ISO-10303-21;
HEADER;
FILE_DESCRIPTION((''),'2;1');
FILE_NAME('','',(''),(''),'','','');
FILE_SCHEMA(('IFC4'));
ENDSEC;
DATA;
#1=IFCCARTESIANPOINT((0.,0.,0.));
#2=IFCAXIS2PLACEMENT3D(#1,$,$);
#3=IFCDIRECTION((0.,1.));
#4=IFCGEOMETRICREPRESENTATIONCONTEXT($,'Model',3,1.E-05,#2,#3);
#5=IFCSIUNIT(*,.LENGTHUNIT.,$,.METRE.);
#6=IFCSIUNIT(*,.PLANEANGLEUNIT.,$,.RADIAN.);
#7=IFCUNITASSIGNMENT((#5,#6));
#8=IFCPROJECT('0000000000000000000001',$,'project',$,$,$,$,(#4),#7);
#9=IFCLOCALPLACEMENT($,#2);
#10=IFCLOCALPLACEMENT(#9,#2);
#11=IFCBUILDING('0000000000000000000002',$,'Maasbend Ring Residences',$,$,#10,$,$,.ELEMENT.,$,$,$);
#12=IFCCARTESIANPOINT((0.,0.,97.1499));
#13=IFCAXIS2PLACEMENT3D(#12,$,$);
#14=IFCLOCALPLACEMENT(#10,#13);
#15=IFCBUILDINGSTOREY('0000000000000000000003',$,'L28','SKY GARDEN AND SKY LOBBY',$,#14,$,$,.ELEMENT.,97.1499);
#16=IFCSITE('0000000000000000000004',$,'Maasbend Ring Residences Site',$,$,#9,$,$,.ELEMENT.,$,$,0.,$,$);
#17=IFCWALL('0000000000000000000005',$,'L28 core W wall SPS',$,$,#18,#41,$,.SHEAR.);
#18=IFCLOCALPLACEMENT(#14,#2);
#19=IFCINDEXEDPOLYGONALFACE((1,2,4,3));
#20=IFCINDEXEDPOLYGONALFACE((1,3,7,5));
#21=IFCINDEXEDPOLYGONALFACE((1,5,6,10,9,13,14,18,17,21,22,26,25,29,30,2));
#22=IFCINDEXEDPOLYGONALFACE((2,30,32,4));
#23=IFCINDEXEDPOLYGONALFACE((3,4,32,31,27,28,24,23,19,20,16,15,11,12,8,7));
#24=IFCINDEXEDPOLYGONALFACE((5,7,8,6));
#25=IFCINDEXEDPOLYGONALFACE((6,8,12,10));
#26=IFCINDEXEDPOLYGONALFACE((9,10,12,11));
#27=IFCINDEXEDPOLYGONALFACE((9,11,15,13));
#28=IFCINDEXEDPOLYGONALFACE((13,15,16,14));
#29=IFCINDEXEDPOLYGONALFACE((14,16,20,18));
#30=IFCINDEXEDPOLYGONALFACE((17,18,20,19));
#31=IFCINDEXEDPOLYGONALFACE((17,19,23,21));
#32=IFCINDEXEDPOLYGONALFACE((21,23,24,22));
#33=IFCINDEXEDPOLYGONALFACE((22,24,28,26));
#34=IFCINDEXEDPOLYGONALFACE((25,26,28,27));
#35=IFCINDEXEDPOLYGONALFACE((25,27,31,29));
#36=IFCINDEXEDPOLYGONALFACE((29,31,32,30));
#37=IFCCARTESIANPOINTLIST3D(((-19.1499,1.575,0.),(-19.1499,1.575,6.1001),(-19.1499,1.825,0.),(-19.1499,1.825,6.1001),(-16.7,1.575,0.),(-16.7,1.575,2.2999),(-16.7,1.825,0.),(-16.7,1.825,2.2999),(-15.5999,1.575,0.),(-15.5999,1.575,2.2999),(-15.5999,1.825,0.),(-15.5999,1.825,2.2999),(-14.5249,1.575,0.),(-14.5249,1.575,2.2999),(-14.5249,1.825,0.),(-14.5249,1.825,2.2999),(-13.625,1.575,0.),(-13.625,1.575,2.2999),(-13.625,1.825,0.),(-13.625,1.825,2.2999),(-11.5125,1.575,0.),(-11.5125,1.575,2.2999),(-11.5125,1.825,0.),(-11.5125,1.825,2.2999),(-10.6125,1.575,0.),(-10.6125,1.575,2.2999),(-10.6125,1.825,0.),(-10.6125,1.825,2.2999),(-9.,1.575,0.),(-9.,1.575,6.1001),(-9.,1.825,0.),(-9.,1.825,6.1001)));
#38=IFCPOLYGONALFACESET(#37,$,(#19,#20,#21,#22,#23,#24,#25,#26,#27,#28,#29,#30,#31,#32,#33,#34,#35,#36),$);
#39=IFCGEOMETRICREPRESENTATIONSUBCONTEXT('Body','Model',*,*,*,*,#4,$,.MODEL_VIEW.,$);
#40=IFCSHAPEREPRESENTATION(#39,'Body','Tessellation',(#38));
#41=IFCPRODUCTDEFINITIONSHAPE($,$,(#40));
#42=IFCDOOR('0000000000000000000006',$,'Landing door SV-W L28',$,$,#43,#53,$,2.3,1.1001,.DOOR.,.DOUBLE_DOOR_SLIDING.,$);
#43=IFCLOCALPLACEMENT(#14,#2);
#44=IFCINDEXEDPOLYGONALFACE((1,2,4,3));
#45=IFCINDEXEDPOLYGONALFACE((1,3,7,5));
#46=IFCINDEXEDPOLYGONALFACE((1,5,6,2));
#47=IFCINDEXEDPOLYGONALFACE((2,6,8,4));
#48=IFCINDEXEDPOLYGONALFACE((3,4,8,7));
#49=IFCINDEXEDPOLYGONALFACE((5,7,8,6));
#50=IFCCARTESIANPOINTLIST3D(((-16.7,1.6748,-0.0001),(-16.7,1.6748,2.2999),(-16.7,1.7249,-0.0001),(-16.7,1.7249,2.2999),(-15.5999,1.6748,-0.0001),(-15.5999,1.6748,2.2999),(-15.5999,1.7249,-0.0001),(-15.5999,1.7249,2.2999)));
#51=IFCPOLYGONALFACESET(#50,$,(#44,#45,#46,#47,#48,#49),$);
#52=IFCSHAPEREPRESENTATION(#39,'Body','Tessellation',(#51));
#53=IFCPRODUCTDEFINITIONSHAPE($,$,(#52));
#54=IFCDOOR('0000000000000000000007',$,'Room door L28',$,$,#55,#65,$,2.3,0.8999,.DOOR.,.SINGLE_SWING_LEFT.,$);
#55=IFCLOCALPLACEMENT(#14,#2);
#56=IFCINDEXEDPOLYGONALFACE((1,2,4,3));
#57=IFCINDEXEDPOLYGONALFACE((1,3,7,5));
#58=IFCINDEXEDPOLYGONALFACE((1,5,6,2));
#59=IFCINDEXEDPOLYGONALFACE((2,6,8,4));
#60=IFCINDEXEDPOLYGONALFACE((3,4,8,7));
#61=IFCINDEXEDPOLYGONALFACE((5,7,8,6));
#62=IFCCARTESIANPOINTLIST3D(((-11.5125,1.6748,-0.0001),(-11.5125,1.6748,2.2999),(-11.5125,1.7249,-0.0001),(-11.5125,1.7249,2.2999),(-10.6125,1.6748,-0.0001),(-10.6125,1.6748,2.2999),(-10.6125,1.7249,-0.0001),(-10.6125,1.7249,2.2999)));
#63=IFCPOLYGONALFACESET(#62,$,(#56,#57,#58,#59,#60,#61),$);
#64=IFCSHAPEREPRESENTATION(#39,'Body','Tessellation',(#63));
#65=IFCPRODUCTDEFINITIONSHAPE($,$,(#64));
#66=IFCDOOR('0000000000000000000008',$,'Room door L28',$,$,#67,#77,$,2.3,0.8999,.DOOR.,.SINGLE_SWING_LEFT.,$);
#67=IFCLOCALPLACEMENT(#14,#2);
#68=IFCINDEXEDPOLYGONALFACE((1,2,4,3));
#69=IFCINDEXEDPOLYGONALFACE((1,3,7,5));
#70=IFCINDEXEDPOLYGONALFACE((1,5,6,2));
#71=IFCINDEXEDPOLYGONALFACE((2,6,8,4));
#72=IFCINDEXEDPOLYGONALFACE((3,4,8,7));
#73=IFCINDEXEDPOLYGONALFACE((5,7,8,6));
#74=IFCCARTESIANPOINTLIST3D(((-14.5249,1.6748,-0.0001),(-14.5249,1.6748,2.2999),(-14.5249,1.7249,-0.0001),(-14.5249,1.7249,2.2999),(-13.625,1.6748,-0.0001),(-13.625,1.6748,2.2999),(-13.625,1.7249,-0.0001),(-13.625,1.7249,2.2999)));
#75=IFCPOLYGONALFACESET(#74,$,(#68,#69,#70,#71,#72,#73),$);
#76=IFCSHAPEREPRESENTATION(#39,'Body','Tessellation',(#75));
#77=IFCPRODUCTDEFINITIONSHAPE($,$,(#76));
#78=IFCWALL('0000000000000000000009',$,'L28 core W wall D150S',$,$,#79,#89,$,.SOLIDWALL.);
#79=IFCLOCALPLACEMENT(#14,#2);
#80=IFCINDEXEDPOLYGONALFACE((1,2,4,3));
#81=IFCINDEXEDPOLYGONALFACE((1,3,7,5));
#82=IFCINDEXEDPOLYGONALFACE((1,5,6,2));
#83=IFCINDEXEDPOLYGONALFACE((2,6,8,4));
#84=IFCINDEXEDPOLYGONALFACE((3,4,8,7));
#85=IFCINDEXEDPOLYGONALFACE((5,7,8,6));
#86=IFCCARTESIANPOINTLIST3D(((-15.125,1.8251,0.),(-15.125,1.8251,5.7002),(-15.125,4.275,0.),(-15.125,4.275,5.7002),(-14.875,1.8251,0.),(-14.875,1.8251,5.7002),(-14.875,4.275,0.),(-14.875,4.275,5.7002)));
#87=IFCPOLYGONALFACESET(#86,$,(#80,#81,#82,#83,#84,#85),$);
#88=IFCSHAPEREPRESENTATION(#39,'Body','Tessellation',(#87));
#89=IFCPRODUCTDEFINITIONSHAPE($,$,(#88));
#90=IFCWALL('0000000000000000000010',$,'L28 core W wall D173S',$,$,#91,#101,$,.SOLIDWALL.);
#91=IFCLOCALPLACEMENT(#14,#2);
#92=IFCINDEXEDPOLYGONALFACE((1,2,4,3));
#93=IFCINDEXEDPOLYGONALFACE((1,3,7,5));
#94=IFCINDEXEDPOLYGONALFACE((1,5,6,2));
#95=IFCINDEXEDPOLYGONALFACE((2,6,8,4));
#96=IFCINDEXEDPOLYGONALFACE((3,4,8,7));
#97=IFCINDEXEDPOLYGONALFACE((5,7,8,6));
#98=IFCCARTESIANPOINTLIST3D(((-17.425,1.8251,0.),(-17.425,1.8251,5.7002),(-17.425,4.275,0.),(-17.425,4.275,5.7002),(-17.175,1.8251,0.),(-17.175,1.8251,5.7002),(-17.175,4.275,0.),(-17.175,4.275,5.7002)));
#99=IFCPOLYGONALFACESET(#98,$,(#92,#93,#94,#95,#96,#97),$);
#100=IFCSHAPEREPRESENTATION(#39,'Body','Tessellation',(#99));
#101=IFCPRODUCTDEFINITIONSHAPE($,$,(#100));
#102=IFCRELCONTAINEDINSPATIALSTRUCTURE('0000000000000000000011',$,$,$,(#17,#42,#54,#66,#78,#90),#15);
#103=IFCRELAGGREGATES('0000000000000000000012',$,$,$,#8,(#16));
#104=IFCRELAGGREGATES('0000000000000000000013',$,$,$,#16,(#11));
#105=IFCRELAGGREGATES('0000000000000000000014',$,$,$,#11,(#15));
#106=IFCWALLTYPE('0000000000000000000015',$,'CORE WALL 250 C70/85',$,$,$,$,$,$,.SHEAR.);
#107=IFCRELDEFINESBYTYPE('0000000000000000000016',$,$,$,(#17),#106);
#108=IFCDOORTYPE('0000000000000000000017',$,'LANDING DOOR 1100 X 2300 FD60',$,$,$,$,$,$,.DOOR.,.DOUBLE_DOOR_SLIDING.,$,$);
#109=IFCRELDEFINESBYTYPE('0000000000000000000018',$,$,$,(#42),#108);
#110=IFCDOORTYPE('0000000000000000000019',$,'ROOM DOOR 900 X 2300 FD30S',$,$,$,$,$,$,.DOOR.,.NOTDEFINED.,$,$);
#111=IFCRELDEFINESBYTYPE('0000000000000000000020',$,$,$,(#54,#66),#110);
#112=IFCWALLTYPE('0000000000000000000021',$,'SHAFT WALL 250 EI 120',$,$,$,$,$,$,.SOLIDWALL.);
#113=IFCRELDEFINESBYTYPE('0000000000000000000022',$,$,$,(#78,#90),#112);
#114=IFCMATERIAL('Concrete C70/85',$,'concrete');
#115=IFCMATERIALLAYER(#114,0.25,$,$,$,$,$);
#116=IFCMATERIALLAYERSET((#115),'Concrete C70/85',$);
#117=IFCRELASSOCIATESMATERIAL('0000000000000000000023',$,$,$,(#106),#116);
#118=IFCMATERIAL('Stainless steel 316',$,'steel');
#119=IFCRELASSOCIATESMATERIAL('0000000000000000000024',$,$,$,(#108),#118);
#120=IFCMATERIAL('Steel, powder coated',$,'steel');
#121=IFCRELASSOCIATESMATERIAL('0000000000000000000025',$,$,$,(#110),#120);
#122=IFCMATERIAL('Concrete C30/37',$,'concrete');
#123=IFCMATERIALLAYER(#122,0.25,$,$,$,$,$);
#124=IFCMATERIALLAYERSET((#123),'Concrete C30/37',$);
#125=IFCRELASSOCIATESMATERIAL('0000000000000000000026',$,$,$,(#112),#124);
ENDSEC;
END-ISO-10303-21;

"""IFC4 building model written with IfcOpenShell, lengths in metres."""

from ifc_helpers import new_model, si_unit, direction, frame, frame_2d, origin, place, context, subcontext, project, spatial, rectangle, extrude, material, layer, layer_set, type_object, element, fill, save


model = new_model("IFC4")

# Units and contexts
model_context = context("Model", 3, precision=1e-05, world=origin(), true_north=direction((0.0, 1.0)))
body_context = subcontext(model_context, "Body", "Model", "MODEL_VIEW")
ifc_project = project(units=[si_unit("LENGTHUNIT", "METRE"), si_unit("PLANEANGLEUNIT", "RADIAN")], contexts=[model_context])

# Site, building, storey
site_placement = place(None, origin())
site = spatial("IfcSite", under=ifc_project, at=site_placement, Name="Maasbend Ring Residences Site", CompositionType="ELEMENT", RefElevation=0.0)
building_placement = place(site_placement, origin())
building = spatial("IfcBuilding", under=site, at=building_placement, Name="Maasbend Ring Residences", CompositionType="ELEMENT")
storey_placement = place(building_placement, frame((0.0, 0.0, 97.1499)))
storey = spatial("IfcBuildingStorey", under=building, at=storey_placement, Name="L28", Description="SKY GARDEN AND SKY LOBBY", CompositionType="ELEMENT", Elevation=97.1499)

# Wall, openings, doors
ifc_material_1 = material(Name="Concrete C70/85", Category="concrete")
ifc_layer_1 = layer(ifc_material_1, 0.25)
ifc_layer_set_1 = layer_set([ifc_layer_1], Name="Concrete C70/85")
wall_type_1 = type_object("IfcWallType", Name="CORE WALL 250 C70/85", PredefinedType="SHEAR", material=ifc_layer_set_1)
wall_placement = place(storey_placement, frame((-19.1499, 1.7, 0.0), z_axis=(0.0, 0.0, 1.0), x_axis=(1.0, 0.0, 0.0)))
wall = element("IfcWall", 1, at=wall_placement, inside=storey, type_object=wall_type_1, Name="L28 core W wall SPS", PredefinedType="SHEAR", context=body_context, shape_type="SweptSolid", body=[
    extrude(rectangle(XDim=10.1499, YDim=0.25, at=frame_2d((5.075, 0.0))), origin(), (0.0, 0.0, 1.0), 6.1001),
])
opening_1_placement = place(wall_placement, frame((2.45, 0.0, 0.0)))
opening_1 = element("IfcOpeningElement", 2, at=opening_1_placement, cuts=wall, PredefinedType="OPENING", context=body_context, shape_type="SweptSolid", body=[
    extrude(rectangle(XDim=1.1001, YDim=2.3, at=frame_2d((0.55, 1.1499))), frame((0.0, 0.135, 0.0), z_axis=(0.0, -1.0, 0.0), x_axis=(1.0, 0.0, 0.0)), (0.0, 0.0, 1.0), 0.27),
])
opening_2_placement = place(wall_placement, frame((7.6375, 0.0, 0.0)))
opening_2 = element("IfcOpeningElement", 3, at=opening_2_placement, cuts=wall, PredefinedType="OPENING", context=body_context, shape_type="SweptSolid", body=[
    extrude(rectangle(XDim=0.8999, YDim=2.3, at=frame_2d((0.45, 1.1499))), frame((0.0, 0.135, 0.0), z_axis=(0.0, -1.0, 0.0), x_axis=(1.0, 0.0, 0.0)), (0.0, 0.0, 1.0), 0.27),
])
opening_3_placement = place(wall_placement, frame((4.625, 0.0, 0.0)))
opening_3 = element("IfcOpeningElement", 4, at=opening_3_placement, cuts=wall, PredefinedType="OPENING", context=body_context, shape_type="SweptSolid", body=[
    extrude(rectangle(XDim=0.8999, YDim=2.3, at=frame_2d((0.45, 1.1499))), frame((0.0, 0.135, 0.0), z_axis=(0.0, -1.0, 0.0), x_axis=(1.0, 0.0, 0.0)), (0.0, 0.0, 1.0), 0.27),
])
ifc_material_2 = material(Name="Stainless steel 316", Category="steel")
door_type_1 = type_object("IfcDoorType", Name="LANDING DOOR 1100 X 2300 FD60", OperationType="DOUBLE_DOOR_SLIDING", PredefinedType="DOOR", material=ifc_material_2)
door_1_placement = place(opening_1_placement, origin())
door_1 = element("IfcDoor", 5, at=door_1_placement, inside=storey, type_object=door_type_1, Name="Landing door SV-W L28", OperationType="DOUBLE_DOOR_SLIDING", OverallHeight=2.3, OverallWidth=1.1001, PredefinedType="DOOR", context=body_context, shape_type="SweptSolid", body=[
    extrude(rectangle(XDim=1.1001, YDim=2.3, at=frame_2d((0.55, 1.1499))), frame((0.0, 0.0249, 0.0), z_axis=(0.0, -1.0, 0.0), x_axis=(1.0, 0.0, 0.0)), (0.0, 0.0, 1.0), 0.05),
])
fill(opening_1, door_1)
ifc_material_3 = material(Name="Steel, powder coated", Category="steel")
door_type_2 = type_object("IfcDoorType", Name="ROOM DOOR 900 X 2300 FD30S", OperationType="NOTDEFINED", PredefinedType="DOOR", material=ifc_material_3)
door_2_placement = place(opening_2_placement, origin())
door_2 = element("IfcDoor", 6, at=door_2_placement, inside=storey, type_object=door_type_2, Name="Room door L28", OperationType="SINGLE_SWING_LEFT", OverallHeight=2.3, OverallWidth=0.8999, PredefinedType="DOOR", context=body_context, shape_type="SweptSolid", body=[
    extrude(rectangle(XDim=0.8999, YDim=2.3, at=frame_2d((0.45, 1.1499))), frame((0.0, 0.0249, 0.0), z_axis=(0.0, -1.0, 0.0), x_axis=(1.0, 0.0, 0.0)), (0.0, 0.0, 1.0), 0.05),
])
fill(opening_2, door_2)
door_3_placement = place(opening_3_placement, origin())
door_3 = element("IfcDoor", 7, at=door_3_placement, inside=storey, type_object=door_type_2, Name="Room door L28", OperationType="SINGLE_SWING_LEFT", OverallHeight=2.3, OverallWidth=0.8999, PredefinedType="DOOR", context=body_context, shape_type="SweptSolid", body=[
    extrude(rectangle(XDim=0.8999, YDim=2.3, at=frame_2d((0.45, 1.1499))), frame((0.0, 0.0249, 0.0), z_axis=(0.0, -1.0, 0.0), x_axis=(1.0, 0.0, 0.0)), (0.0, 0.0, 1.0), 0.05),
])
fill(opening_3, door_3)

# Walls
ifc_material_4 = material(Name="Concrete C30/37", Category="concrete")
ifc_layer_2 = layer(ifc_material_4, 0.25)
ifc_layer_set_2 = layer_set([ifc_layer_2], Name="Concrete C30/37")
wall_type_2 = type_object("IfcWallType", Name="SHAFT WALL 250 EI 120", PredefinedType="SOLIDWALL", material=ifc_layer_set_2)
for number, where, z_axis, x_axis, name in (
    (8, (-15.0, 1.825, 0.0), (0.0, 0.0, 1.0), (0.0, 1.0, 0.0), "L28 core W wall D150S"),
    (9, (-17.3, 1.825, 0.0), (0.0, 0.0, 1.0), (0.0, 1.0, 0.0), "L28 core W wall D173S"),
):
    element("IfcWall", number, at=place(storey_placement, frame(where, z_axis=z_axis, x_axis=x_axis)), inside=storey, type_object=wall_type_2, Name=name, PredefinedType="SOLIDWALL", context=body_context, shape_type="SweptSolid", body=[
        extrude(rectangle(XDim=2.45, YDim=0.25, at=frame_2d((1.2251, 0.0))), origin(), (0.0, 0.0, 1.0), 5.7002),
    ])

save(model, "model.ifc")
